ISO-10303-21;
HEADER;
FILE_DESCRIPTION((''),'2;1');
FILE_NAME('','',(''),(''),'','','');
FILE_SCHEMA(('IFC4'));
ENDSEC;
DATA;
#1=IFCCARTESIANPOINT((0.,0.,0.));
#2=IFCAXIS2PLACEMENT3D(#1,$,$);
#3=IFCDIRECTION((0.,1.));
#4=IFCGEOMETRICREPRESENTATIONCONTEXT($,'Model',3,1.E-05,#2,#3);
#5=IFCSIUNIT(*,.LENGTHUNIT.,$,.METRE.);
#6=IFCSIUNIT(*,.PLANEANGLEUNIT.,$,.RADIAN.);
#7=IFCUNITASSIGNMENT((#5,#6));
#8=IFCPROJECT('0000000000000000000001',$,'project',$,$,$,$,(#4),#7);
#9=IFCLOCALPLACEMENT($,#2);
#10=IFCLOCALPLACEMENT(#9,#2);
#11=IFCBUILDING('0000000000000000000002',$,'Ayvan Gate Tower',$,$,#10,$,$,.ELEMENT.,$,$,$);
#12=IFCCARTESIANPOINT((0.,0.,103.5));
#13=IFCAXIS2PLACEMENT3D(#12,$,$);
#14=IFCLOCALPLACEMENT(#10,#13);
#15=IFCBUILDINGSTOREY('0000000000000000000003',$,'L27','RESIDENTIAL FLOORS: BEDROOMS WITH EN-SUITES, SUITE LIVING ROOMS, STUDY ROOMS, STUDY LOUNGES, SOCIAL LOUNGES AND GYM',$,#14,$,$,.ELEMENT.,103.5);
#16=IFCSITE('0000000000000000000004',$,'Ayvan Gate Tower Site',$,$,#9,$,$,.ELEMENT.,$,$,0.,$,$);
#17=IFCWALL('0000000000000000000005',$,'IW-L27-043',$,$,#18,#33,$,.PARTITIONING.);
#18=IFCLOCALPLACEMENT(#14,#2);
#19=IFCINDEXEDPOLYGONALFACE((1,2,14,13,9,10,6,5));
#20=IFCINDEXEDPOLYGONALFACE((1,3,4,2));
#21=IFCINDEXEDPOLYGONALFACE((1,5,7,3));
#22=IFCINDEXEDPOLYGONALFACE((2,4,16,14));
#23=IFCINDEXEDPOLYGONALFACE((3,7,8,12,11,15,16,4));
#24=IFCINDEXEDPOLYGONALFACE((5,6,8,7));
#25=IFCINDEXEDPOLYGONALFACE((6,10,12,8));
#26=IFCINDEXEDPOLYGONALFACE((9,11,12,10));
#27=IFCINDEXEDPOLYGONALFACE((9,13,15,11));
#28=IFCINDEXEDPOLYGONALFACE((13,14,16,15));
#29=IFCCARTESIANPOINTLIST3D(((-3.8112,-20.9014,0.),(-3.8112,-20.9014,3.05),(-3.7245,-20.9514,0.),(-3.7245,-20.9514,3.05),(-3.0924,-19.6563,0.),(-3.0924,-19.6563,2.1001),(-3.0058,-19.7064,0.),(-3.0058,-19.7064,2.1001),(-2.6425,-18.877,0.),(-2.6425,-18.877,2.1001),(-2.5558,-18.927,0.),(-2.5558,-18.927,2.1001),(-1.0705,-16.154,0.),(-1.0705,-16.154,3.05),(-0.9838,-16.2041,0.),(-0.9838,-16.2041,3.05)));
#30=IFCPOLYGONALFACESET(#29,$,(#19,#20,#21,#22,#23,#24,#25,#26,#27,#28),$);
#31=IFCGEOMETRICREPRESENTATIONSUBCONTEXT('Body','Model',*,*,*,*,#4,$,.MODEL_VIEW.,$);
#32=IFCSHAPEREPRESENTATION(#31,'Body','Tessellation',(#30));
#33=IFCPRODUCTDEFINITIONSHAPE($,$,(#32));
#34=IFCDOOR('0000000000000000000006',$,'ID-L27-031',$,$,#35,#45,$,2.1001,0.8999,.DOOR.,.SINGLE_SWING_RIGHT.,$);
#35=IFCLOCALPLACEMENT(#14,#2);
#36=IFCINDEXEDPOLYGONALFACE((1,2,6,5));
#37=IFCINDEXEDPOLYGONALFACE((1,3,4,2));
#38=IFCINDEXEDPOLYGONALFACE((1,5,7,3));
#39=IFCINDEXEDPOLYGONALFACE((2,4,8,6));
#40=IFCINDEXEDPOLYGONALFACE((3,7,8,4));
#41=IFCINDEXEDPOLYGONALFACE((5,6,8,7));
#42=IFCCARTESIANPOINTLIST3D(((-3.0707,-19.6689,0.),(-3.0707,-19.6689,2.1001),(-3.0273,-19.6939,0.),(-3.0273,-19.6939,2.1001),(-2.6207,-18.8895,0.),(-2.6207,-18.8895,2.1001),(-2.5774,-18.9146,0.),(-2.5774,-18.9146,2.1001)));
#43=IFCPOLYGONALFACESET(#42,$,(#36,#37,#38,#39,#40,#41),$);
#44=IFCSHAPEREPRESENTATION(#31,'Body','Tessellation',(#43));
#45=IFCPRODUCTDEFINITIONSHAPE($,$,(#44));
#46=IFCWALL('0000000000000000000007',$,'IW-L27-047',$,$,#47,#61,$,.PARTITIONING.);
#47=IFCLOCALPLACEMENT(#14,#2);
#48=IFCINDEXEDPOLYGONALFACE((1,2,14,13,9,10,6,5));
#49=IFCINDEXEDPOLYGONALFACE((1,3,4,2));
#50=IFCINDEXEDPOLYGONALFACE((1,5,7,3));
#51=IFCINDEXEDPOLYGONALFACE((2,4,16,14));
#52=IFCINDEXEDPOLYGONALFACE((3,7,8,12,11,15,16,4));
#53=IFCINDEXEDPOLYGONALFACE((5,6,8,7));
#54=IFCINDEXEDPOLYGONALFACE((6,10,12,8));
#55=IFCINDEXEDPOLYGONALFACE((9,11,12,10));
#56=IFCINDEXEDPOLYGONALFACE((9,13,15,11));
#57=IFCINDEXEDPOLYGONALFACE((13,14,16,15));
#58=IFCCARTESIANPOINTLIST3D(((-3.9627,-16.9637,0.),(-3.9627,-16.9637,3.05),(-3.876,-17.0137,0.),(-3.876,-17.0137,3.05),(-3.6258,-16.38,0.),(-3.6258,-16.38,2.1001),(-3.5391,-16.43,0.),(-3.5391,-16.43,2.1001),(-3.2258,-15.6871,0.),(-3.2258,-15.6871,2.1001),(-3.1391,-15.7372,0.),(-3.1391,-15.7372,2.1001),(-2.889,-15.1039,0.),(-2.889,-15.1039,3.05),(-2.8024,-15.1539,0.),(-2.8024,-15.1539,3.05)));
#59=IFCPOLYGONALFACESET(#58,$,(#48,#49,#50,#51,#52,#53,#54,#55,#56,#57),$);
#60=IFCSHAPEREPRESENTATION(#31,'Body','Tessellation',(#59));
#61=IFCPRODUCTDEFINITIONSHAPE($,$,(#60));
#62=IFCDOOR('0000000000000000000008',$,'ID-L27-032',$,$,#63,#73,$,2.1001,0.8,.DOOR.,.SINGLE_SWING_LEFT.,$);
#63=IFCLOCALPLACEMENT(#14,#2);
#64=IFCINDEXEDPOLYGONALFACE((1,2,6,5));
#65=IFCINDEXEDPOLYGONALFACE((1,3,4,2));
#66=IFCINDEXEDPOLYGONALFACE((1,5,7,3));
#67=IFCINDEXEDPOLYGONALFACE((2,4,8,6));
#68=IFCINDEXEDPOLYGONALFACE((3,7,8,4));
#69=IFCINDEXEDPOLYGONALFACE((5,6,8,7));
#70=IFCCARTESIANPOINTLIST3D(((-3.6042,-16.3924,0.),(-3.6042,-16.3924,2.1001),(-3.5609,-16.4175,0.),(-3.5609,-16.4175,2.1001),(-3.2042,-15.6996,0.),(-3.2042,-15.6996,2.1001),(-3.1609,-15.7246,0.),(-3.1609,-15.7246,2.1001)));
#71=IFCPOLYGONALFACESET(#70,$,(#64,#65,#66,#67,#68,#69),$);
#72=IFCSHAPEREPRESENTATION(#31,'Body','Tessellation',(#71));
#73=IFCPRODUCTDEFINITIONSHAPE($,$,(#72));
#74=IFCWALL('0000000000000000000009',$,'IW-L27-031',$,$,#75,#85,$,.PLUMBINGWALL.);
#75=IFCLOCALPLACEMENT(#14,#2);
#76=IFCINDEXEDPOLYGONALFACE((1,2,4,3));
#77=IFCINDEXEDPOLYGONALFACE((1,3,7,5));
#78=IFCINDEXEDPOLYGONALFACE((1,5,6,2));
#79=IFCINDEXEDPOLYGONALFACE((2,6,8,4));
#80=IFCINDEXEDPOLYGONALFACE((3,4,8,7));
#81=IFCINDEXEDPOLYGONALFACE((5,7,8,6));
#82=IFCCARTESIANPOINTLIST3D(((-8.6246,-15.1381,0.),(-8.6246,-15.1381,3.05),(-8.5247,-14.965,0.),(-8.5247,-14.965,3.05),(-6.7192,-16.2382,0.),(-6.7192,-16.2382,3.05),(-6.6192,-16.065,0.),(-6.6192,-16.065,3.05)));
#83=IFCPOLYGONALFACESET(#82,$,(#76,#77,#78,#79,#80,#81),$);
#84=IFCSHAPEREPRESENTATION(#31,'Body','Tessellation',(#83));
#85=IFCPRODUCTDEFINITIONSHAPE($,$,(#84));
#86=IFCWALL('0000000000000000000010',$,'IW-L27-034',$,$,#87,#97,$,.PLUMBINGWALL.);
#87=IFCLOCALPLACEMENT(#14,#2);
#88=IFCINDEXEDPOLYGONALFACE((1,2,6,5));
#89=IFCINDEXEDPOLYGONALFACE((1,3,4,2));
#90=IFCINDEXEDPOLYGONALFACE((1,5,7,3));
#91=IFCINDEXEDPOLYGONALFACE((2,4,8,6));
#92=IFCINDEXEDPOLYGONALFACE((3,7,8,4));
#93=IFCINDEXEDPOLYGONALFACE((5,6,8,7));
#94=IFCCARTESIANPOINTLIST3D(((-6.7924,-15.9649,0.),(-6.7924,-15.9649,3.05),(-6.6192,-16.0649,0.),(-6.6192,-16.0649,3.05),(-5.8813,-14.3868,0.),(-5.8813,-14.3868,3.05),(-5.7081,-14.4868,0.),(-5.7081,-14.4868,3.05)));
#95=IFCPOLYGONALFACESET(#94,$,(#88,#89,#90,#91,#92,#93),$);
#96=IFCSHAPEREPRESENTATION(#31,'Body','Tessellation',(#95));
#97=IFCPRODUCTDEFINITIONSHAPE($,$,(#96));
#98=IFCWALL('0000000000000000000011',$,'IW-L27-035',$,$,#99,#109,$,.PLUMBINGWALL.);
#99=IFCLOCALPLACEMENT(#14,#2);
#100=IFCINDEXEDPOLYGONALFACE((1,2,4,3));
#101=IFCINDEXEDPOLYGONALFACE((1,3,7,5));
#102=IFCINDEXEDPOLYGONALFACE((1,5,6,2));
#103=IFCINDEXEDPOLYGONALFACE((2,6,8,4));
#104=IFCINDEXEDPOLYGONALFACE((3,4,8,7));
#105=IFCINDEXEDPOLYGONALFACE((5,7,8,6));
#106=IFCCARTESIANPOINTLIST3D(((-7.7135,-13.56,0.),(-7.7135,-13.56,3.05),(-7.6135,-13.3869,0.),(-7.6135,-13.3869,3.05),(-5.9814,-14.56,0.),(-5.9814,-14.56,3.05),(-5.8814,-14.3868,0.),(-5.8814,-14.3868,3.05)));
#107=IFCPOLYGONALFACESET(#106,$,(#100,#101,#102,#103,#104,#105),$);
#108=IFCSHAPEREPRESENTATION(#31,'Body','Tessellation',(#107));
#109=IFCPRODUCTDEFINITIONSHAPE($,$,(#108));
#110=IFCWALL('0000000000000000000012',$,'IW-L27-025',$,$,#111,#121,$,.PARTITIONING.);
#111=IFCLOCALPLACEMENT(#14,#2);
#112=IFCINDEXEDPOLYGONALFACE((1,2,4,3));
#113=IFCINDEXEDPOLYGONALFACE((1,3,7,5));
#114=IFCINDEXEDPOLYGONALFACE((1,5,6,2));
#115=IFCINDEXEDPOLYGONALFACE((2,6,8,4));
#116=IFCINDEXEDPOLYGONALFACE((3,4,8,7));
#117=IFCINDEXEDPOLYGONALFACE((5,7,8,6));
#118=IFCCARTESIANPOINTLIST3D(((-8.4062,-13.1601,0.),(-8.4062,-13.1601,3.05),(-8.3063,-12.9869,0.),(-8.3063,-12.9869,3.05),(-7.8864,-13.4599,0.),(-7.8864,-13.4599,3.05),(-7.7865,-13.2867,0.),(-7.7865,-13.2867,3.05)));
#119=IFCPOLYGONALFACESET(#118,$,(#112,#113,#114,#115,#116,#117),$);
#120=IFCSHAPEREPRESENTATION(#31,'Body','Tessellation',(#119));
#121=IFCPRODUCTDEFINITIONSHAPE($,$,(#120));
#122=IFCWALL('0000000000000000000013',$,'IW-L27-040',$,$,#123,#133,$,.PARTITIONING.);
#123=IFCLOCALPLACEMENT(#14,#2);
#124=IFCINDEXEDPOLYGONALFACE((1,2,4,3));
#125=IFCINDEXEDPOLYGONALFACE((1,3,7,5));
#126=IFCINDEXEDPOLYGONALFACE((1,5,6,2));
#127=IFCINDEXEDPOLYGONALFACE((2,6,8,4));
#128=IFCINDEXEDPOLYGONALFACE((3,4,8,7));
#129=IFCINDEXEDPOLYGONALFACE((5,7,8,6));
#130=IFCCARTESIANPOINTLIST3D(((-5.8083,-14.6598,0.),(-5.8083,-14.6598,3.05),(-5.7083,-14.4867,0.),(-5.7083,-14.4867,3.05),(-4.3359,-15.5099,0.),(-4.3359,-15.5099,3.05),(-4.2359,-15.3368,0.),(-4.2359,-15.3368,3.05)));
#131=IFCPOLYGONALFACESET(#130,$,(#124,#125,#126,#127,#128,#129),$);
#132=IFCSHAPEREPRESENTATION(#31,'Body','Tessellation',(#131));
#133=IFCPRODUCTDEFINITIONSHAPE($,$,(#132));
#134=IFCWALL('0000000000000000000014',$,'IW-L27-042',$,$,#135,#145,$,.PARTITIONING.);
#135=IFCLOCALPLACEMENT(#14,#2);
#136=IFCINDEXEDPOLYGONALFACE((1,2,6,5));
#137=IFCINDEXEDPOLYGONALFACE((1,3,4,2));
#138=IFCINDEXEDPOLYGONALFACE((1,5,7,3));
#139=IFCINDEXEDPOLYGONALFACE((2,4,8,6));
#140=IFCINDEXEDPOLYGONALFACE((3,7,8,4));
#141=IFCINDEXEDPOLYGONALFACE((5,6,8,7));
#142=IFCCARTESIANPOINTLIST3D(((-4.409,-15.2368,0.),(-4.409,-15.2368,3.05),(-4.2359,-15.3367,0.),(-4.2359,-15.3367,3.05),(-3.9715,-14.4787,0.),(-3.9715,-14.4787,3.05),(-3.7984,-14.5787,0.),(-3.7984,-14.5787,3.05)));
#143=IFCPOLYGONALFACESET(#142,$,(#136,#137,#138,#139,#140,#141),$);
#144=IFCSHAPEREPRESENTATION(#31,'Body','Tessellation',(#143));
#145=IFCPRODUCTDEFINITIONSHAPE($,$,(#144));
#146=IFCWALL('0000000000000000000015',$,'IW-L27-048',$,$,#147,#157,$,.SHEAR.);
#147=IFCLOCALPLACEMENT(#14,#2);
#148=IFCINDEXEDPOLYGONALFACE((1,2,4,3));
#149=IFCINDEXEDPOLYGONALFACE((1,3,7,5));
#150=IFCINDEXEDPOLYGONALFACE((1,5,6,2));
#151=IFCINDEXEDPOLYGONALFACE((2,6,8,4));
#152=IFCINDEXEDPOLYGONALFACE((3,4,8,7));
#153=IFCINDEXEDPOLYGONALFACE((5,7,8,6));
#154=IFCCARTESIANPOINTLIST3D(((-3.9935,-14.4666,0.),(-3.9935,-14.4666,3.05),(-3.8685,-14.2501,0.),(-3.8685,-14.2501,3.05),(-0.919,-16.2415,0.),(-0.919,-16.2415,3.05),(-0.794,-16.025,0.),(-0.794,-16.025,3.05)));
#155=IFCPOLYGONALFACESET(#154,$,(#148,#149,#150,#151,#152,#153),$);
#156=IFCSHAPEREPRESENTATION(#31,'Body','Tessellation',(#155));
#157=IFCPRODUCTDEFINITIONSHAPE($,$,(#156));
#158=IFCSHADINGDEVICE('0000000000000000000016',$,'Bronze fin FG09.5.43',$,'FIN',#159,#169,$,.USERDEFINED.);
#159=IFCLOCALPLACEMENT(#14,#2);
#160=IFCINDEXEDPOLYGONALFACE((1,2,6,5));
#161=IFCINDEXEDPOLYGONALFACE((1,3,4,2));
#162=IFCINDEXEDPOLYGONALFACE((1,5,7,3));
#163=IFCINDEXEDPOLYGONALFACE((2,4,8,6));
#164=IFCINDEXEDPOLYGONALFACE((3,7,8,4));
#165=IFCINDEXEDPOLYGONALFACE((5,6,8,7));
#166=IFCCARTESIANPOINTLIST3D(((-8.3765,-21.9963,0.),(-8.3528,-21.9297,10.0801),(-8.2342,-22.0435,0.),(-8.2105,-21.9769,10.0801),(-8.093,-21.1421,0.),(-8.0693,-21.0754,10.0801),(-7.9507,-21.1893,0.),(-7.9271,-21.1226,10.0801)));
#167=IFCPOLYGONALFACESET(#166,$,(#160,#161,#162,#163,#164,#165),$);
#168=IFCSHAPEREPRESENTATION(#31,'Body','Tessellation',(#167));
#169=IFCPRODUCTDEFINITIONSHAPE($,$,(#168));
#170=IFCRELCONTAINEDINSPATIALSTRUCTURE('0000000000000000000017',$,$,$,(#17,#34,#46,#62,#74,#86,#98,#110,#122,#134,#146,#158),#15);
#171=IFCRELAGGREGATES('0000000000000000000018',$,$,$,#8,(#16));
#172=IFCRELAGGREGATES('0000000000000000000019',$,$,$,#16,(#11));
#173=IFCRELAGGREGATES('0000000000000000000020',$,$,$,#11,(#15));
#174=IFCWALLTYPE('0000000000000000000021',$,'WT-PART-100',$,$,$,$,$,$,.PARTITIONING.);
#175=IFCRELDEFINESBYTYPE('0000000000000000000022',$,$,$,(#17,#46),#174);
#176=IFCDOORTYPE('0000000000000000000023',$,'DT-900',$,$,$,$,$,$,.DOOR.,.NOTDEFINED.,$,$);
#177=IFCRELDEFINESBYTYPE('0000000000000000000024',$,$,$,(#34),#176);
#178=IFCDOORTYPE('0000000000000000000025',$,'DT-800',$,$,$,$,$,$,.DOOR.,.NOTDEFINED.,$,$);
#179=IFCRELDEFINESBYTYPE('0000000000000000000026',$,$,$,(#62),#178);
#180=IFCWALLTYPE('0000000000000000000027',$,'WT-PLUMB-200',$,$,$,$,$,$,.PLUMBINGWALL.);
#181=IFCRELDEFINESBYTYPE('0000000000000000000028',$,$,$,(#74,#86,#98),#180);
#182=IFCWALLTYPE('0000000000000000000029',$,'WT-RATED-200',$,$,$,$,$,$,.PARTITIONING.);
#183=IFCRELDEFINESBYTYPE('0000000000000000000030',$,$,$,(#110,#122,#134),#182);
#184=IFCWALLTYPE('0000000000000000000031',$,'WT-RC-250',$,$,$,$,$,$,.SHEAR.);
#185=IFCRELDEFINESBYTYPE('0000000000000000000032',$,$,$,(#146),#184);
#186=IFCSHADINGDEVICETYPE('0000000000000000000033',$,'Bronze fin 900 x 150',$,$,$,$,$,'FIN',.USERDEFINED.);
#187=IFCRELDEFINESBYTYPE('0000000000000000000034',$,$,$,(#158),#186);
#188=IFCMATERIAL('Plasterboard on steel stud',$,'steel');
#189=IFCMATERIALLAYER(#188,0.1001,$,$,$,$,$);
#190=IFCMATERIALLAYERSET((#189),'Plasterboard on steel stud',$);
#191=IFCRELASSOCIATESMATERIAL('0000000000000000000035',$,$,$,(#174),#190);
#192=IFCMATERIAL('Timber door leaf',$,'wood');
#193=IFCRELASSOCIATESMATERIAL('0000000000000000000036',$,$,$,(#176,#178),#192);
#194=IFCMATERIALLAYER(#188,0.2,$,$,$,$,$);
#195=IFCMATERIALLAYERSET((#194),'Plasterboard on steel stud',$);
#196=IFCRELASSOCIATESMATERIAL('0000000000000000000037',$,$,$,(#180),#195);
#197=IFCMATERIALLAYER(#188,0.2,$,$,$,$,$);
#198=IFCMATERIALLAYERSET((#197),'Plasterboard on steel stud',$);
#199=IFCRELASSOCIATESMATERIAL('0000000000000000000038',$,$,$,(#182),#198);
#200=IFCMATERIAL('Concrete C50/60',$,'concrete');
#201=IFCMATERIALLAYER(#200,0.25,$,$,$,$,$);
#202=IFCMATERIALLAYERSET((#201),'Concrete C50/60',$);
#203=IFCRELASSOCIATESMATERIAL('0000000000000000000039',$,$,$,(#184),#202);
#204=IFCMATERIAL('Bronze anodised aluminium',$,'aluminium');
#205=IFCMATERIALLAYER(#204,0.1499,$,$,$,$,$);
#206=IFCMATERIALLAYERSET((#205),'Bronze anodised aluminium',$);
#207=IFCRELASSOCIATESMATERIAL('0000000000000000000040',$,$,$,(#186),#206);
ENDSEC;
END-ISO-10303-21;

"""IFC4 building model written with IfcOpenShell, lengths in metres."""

from ifc_helpers import new_model, si_unit, direction, frame, frame_2d, origin, place, context, subcontext, project, spatial, polyline, rectangle, outline, extrude, material, layer, layer_set, type_object, element, fill, save


model = new_model("IFC4")

# Units and contexts
model_context = context("Model", 3, precision=1e-05, world=origin(), true_north=direction((0.0, 1.0)))
body_context = subcontext(model_context, "Body", "Model", "MODEL_VIEW")
ifc_project = project(units=[si_unit("LENGTHUNIT", "METRE"), si_unit("PLANEANGLEUNIT", "RADIAN")], contexts=[model_context])

# Site, building, storey
site_placement = place(None, origin())
site = spatial("IfcSite", under=ifc_project, at=site_placement, Name="Ayvan Gate Tower Site", CompositionType="ELEMENT", RefElevation=0.0)
building_placement = place(site_placement, origin())
building = spatial("IfcBuilding", under=site, at=building_placement, Name="Ayvan Gate Tower", CompositionType="ELEMENT")
storey_placement = place(building_placement, frame((0.0, 0.0, 103.5)))
storey = spatial("IfcBuildingStorey", under=building, at=storey_placement, Name="L27", Description="RESIDENTIAL FLOORS: BEDROOMS WITH EN-SUITES, SUITE LIVING ROOMS, STUDY ROOMS, STUDY LOUNGES, SOCIAL LOUNGES AND GYM", CompositionType="ELEMENT", Elevation=103.5)

# Shared definitions
ifc_material_1 = material(Name="Bronze anodised aluminium", Category="aluminium")

# Shared definitions
ifc_material_2 = material(Name="Plasterboard on steel stud", Category="steel")
ifc_layer_1 = layer(ifc_material_2, 0.1001)
ifc_layer_set_1 = layer_set([ifc_layer_1], Name="Plasterboard on steel stud")
wall_type_1 = type_object("IfcWallType", Name="WT-PART-100", PredefinedType="PARTITIONING", material=ifc_layer_set_1)

# Walls, openings, doors
wall_1_placement = place(storey_placement, frame((-3.7678, -20.9263, 0.0), z_axis=(0.0, 0.0, 1.0), x_axis=(0.499981, 0.866037, 0.0)))
wall_1 = element("IfcWall", 1, at=wall_1_placement, inside=storey, type_object=wall_type_1, Name="IW-L27-043", PredefinedType="PARTITIONING", context=body_context, shape_type="SweptSolid", body=[
    extrude(rectangle(XDim=5.4817, YDim=0.1001, at=frame_2d((2.7407, 0.0))), origin(), (0.0, 0.0, 1.0), 3.05),
])
opening_1_placement = place(wall_1_placement, frame((1.4375, 0.0, 0.0)))
opening_1 = element("IfcOpeningElement", 2, at=opening_1_placement, cuts=wall_1, PredefinedType="OPENING", context=body_context, shape_type="SweptSolid", body=[
    extrude(rectangle(XDim=0.8999, YDim=2.1001, at=frame_2d((0.45, 1.05))), frame((0.0, 0.0601, 0.0), z_axis=(0.0, -1.0, 0.0), x_axis=(1.0, 0.0, 0.0)), (0.0, 0.0, 1.0), 0.1201),
])
ifc_material_3 = material(Name="Timber door leaf", Category="wood")
door_type_1 = type_object("IfcDoorType", Name="DT-900", OperationType="NOTDEFINED", PredefinedType="DOOR", material=ifc_material_3)
door_1_placement = place(opening_1_placement, origin())
door_1 = element("IfcDoor", 3, at=door_1_placement, inside=storey, type_object=door_type_1, Name="ID-L27-031", OperationType="SINGLE_SWING_RIGHT", OverallHeight=2.1001, OverallWidth=0.8999, PredefinedType="DOOR", context=body_context, shape_type="SweptSolid", body=[
    extrude(rectangle(XDim=0.8999, YDim=2.1001, at=frame_2d((0.45, 1.05))), frame((0.0, 0.0249, 0.0), z_axis=(0.0, -1.0, 0.0), x_axis=(1.0, 0.0, 0.0)), (0.0, 0.0, 1.0), 0.05),
])
fill(opening_1, door_1)
wall_2_placement = place(storey_placement, frame((-2.8457, -15.1289, 0.0), z_axis=(0.0, 0.0, 1.0), x_axis=(-0.499978, -0.866038, 0.0)))
wall_2 = element("IfcWall", 4, at=wall_2_placement, inside=storey, type_object=wall_type_1, Name="IW-L27-047", PredefinedType="PARTITIONING", context=body_context, shape_type="SweptSolid", body=[
    extrude(rectangle(XDim=2.1475, YDim=0.1001, at=frame_2d((1.0737, 0.0))), origin(), (0.0, 0.0, 1.0), 3.05),
])
opening_2_placement = place(wall_2_placement, frame((0.6736, 0.0, 0.0)))
opening_2 = element("IfcOpeningElement", 5, at=opening_2_placement, cuts=wall_2, PredefinedType="OPENING", context=body_context, shape_type="SweptSolid", body=[
    extrude(rectangle(XDim=0.8, YDim=2.1001, at=frame_2d((0.3999, 1.05))), frame((0.0, 0.0601, 0.0), z_axis=(0.0, -1.0, 0.0), x_axis=(1.0, 0.0, 0.0)), (0.0, 0.0, 1.0), 0.1201),
])
door_type_2 = type_object("IfcDoorType", Name="DT-800", OperationType="NOTDEFINED", PredefinedType="DOOR", material=ifc_material_3)
door_2_placement = place(opening_2_placement, origin())
door_2 = element("IfcDoor", 6, at=door_2_placement, inside=storey, type_object=door_type_2, Name="ID-L27-032", OperationType="SINGLE_SWING_LEFT", OverallHeight=2.1001, OverallWidth=0.8, PredefinedType="DOOR", context=body_context, shape_type="SweptSolid", body=[
    extrude(rectangle(XDim=0.8, YDim=2.1001, at=frame_2d((0.3999, 1.05))), frame((0.0, 0.0249, 0.0), z_axis=(0.0, -1.0, 0.0), x_axis=(1.0, 0.0, 0.0)), (0.0, 0.0, 1.0), 0.05),
])
fill(opening_2, door_2)

# Walls
ifc_layer_2 = layer(ifc_material_2, 0.2)
ifc_layer_set_2 = layer_set([ifc_layer_2], Name="Plasterboard on steel stud")
wall_type_2 = type_object("IfcWallType", Name="WT-PLUMB-200", PredefinedType="PLUMBINGWALL", material=ifc_layer_set_2)
wall_3_placement = place(storey_placement, frame((-6.6692, -16.1516, 0.0), z_axis=(0.0, 0.0, 1.0), x_axis=(-0.866036, 0.499982, 0.0)))
element("IfcWall", 7, at=wall_3_placement, inside=storey, type_object=wall_type_2, Name="IW-L27-031", PredefinedType="PLUMBINGWALL", context=body_context, shape_type="SweptSolid", body=[
    extrude(rectangle(XDim=2.2002, YDim=0.2, at=frame_2d((1.1001, 0.0))), origin(), (0.0, 0.0, 1.0), 3.05),
])
wall_4_placement = place(storey_placement, frame((-5.7947, -14.4368, 0.0), z_axis=(0.0, 0.0, 1.0), x_axis=(-0.500001, -0.866025, 0.0)))
element("IfcWall", 8, at=wall_4_placement, inside=storey, type_object=wall_type_2, Name="IW-L27-034", PredefinedType="PLUMBINGWALL", context=body_context, shape_type="SweptSolid", body=[
    extrude(rectangle(XDim=1.8223, YDim=0.2, at=frame_2d((0.9111, 0.0))), origin(), (0.0, 0.0, 1.0), 3.05),
])
wall_5_placement = place(storey_placement, frame((-5.9314, -14.4734, 0.0), z_axis=(0.0, 0.0, 1.0), x_axis=(-0.866041, 0.499973, 0.0)))
element("IfcWall", 9, at=wall_5_placement, inside=storey, type_object=wall_type_2, Name="IW-L27-035", PredefinedType="PLUMBINGWALL", context=body_context, shape_type="SweptSolid", body=[
    extrude(rectangle(XDim=2.0, YDim=0.2, at=frame_2d((1.0, 0.0))), origin(), (0.0, 0.0, 1.0), 3.05),
])
ifc_layer_3 = layer(ifc_material_2, 0.2)
ifc_layer_set_3 = layer_set([ifc_layer_3], Name="Plasterboard on steel stud")
wall_type_3 = type_object("IfcWallType", Name="WT-RATED-200", PredefinedType="PARTITIONING", material=ifc_layer_set_3)
wall_6_placement = place(storey_placement, frame((-7.8364, -13.3733, 0.0), z_axis=(0.0, 0.0, 1.0), x_axis=(-0.866233, 0.49964, 0.0)))
element("IfcWall", 10, at=wall_6_placement, inside=storey, type_object=wall_type_3, Name="IW-L27-025", PredefinedType="PARTITIONING", context=body_context, shape_type="SweptSolid", body=[
    extrude(rectangle(XDim=0.6001, YDim=0.2, at=frame_2d((0.3, 0.0))), origin(), (0.0, 0.0, 1.0), 3.05),
])
wall_7_placement = place(storey_placement, frame((-4.2859, -15.4233, 0.0), z_axis=(0.0, 0.0, 1.0), x_axis=(-0.866025, 0.5, 0.0)))
element("IfcWall", 11, at=wall_7_placement, inside=storey, type_object=wall_type_3, Name="IW-L27-040", PredefinedType="PARTITIONING", context=body_context, shape_type="SweptSolid", body=[
    extrude(rectangle(XDim=1.7002, YDim=0.2, at=frame_2d((0.8501, 0.0))), origin(), (0.0, 0.0, 1.0), 3.05),
])
wall_8_placement = place(storey_placement, frame((-3.885, -14.5288, 0.0), z_axis=(0.0, 0.0, 1.0), x_axis=(-0.499859, -0.866107, 0.0)))
element("IfcWall", 12, at=wall_8_placement, inside=storey, type_object=wall_type_3, Name="IW-L27-042", PredefinedType="PARTITIONING", context=body_context, shape_type="SweptSolid", body=[
    extrude(rectangle(XDim=0.8752, YDim=0.2, at=frame_2d((0.4375, 0.0))), origin(), (0.0, 0.0, 1.0), 3.05),
])
ifc_material_4 = material(Name="Concrete C50/60", Category="concrete")
ifc_layer_4 = layer(ifc_material_4, 0.25)
ifc_layer_set_4 = layer_set([ifc_layer_4], Name="Concrete C50/60")
wall_type_4 = type_object("IfcWallType", Name="WT-RC-250", PredefinedType="SHEAR", material=ifc_layer_set_4)
wall_9_placement = place(storey_placement, frame((-3.9309, -14.3584, 0.0), z_axis=(0.0, 0.0, 1.0), x_axis=(0.866042, -0.49997, 0.0)))
element("IfcWall", 13, at=wall_9_placement, inside=storey, type_object=wall_type_4, Name="IW-L27-048", PredefinedType="SHEAR", context=body_context, shape_type="SweptSolid", body=[
    extrude(rectangle(XDim=3.55, YDim=0.25, at=frame_2d((1.7749, 0.0))), origin(), (0.0, 0.0, 1.0), 3.05),
])

# Shading device
ifc_layer_5 = layer(ifc_material_1, 0.1499)
ifc_layer_set_5 = layer_set([ifc_layer_5], Name="Bronze anodised aluminium")
shading_device_type = type_object("IfcShadingDeviceType", Name="Bronze fin 900 x 150", ElementType="FIN", PredefinedType="USERDEFINED", material=ifc_layer_set_5)
shading_device_1_placement = place(storey_placement, frame((-8.093, -21.1421, 0.0), z_axis=(-0.949116, 0.314925, 0.000147), x_axis=(-0.314925, -0.949116, 0.0)))
element("IfcShadingDevice", 14, at=shading_device_1_placement, inside=storey, type_object=shading_device_type, Name="Bronze fin FG09.5.43", ObjectType="FIN", PredefinedType="USERDEFINED", context=body_context, shape_type="SweptSolid", body=[
    extrude(outline(polyline([(0.0, 0.0), (0.9, 0.0), (0.8293, 10.0801), (-0.0707, 10.0801), (0.0, 0.0)])), origin(), (0.0, 0.0, -1.0), 0.1499),
])

save(model, "model.ifc")
